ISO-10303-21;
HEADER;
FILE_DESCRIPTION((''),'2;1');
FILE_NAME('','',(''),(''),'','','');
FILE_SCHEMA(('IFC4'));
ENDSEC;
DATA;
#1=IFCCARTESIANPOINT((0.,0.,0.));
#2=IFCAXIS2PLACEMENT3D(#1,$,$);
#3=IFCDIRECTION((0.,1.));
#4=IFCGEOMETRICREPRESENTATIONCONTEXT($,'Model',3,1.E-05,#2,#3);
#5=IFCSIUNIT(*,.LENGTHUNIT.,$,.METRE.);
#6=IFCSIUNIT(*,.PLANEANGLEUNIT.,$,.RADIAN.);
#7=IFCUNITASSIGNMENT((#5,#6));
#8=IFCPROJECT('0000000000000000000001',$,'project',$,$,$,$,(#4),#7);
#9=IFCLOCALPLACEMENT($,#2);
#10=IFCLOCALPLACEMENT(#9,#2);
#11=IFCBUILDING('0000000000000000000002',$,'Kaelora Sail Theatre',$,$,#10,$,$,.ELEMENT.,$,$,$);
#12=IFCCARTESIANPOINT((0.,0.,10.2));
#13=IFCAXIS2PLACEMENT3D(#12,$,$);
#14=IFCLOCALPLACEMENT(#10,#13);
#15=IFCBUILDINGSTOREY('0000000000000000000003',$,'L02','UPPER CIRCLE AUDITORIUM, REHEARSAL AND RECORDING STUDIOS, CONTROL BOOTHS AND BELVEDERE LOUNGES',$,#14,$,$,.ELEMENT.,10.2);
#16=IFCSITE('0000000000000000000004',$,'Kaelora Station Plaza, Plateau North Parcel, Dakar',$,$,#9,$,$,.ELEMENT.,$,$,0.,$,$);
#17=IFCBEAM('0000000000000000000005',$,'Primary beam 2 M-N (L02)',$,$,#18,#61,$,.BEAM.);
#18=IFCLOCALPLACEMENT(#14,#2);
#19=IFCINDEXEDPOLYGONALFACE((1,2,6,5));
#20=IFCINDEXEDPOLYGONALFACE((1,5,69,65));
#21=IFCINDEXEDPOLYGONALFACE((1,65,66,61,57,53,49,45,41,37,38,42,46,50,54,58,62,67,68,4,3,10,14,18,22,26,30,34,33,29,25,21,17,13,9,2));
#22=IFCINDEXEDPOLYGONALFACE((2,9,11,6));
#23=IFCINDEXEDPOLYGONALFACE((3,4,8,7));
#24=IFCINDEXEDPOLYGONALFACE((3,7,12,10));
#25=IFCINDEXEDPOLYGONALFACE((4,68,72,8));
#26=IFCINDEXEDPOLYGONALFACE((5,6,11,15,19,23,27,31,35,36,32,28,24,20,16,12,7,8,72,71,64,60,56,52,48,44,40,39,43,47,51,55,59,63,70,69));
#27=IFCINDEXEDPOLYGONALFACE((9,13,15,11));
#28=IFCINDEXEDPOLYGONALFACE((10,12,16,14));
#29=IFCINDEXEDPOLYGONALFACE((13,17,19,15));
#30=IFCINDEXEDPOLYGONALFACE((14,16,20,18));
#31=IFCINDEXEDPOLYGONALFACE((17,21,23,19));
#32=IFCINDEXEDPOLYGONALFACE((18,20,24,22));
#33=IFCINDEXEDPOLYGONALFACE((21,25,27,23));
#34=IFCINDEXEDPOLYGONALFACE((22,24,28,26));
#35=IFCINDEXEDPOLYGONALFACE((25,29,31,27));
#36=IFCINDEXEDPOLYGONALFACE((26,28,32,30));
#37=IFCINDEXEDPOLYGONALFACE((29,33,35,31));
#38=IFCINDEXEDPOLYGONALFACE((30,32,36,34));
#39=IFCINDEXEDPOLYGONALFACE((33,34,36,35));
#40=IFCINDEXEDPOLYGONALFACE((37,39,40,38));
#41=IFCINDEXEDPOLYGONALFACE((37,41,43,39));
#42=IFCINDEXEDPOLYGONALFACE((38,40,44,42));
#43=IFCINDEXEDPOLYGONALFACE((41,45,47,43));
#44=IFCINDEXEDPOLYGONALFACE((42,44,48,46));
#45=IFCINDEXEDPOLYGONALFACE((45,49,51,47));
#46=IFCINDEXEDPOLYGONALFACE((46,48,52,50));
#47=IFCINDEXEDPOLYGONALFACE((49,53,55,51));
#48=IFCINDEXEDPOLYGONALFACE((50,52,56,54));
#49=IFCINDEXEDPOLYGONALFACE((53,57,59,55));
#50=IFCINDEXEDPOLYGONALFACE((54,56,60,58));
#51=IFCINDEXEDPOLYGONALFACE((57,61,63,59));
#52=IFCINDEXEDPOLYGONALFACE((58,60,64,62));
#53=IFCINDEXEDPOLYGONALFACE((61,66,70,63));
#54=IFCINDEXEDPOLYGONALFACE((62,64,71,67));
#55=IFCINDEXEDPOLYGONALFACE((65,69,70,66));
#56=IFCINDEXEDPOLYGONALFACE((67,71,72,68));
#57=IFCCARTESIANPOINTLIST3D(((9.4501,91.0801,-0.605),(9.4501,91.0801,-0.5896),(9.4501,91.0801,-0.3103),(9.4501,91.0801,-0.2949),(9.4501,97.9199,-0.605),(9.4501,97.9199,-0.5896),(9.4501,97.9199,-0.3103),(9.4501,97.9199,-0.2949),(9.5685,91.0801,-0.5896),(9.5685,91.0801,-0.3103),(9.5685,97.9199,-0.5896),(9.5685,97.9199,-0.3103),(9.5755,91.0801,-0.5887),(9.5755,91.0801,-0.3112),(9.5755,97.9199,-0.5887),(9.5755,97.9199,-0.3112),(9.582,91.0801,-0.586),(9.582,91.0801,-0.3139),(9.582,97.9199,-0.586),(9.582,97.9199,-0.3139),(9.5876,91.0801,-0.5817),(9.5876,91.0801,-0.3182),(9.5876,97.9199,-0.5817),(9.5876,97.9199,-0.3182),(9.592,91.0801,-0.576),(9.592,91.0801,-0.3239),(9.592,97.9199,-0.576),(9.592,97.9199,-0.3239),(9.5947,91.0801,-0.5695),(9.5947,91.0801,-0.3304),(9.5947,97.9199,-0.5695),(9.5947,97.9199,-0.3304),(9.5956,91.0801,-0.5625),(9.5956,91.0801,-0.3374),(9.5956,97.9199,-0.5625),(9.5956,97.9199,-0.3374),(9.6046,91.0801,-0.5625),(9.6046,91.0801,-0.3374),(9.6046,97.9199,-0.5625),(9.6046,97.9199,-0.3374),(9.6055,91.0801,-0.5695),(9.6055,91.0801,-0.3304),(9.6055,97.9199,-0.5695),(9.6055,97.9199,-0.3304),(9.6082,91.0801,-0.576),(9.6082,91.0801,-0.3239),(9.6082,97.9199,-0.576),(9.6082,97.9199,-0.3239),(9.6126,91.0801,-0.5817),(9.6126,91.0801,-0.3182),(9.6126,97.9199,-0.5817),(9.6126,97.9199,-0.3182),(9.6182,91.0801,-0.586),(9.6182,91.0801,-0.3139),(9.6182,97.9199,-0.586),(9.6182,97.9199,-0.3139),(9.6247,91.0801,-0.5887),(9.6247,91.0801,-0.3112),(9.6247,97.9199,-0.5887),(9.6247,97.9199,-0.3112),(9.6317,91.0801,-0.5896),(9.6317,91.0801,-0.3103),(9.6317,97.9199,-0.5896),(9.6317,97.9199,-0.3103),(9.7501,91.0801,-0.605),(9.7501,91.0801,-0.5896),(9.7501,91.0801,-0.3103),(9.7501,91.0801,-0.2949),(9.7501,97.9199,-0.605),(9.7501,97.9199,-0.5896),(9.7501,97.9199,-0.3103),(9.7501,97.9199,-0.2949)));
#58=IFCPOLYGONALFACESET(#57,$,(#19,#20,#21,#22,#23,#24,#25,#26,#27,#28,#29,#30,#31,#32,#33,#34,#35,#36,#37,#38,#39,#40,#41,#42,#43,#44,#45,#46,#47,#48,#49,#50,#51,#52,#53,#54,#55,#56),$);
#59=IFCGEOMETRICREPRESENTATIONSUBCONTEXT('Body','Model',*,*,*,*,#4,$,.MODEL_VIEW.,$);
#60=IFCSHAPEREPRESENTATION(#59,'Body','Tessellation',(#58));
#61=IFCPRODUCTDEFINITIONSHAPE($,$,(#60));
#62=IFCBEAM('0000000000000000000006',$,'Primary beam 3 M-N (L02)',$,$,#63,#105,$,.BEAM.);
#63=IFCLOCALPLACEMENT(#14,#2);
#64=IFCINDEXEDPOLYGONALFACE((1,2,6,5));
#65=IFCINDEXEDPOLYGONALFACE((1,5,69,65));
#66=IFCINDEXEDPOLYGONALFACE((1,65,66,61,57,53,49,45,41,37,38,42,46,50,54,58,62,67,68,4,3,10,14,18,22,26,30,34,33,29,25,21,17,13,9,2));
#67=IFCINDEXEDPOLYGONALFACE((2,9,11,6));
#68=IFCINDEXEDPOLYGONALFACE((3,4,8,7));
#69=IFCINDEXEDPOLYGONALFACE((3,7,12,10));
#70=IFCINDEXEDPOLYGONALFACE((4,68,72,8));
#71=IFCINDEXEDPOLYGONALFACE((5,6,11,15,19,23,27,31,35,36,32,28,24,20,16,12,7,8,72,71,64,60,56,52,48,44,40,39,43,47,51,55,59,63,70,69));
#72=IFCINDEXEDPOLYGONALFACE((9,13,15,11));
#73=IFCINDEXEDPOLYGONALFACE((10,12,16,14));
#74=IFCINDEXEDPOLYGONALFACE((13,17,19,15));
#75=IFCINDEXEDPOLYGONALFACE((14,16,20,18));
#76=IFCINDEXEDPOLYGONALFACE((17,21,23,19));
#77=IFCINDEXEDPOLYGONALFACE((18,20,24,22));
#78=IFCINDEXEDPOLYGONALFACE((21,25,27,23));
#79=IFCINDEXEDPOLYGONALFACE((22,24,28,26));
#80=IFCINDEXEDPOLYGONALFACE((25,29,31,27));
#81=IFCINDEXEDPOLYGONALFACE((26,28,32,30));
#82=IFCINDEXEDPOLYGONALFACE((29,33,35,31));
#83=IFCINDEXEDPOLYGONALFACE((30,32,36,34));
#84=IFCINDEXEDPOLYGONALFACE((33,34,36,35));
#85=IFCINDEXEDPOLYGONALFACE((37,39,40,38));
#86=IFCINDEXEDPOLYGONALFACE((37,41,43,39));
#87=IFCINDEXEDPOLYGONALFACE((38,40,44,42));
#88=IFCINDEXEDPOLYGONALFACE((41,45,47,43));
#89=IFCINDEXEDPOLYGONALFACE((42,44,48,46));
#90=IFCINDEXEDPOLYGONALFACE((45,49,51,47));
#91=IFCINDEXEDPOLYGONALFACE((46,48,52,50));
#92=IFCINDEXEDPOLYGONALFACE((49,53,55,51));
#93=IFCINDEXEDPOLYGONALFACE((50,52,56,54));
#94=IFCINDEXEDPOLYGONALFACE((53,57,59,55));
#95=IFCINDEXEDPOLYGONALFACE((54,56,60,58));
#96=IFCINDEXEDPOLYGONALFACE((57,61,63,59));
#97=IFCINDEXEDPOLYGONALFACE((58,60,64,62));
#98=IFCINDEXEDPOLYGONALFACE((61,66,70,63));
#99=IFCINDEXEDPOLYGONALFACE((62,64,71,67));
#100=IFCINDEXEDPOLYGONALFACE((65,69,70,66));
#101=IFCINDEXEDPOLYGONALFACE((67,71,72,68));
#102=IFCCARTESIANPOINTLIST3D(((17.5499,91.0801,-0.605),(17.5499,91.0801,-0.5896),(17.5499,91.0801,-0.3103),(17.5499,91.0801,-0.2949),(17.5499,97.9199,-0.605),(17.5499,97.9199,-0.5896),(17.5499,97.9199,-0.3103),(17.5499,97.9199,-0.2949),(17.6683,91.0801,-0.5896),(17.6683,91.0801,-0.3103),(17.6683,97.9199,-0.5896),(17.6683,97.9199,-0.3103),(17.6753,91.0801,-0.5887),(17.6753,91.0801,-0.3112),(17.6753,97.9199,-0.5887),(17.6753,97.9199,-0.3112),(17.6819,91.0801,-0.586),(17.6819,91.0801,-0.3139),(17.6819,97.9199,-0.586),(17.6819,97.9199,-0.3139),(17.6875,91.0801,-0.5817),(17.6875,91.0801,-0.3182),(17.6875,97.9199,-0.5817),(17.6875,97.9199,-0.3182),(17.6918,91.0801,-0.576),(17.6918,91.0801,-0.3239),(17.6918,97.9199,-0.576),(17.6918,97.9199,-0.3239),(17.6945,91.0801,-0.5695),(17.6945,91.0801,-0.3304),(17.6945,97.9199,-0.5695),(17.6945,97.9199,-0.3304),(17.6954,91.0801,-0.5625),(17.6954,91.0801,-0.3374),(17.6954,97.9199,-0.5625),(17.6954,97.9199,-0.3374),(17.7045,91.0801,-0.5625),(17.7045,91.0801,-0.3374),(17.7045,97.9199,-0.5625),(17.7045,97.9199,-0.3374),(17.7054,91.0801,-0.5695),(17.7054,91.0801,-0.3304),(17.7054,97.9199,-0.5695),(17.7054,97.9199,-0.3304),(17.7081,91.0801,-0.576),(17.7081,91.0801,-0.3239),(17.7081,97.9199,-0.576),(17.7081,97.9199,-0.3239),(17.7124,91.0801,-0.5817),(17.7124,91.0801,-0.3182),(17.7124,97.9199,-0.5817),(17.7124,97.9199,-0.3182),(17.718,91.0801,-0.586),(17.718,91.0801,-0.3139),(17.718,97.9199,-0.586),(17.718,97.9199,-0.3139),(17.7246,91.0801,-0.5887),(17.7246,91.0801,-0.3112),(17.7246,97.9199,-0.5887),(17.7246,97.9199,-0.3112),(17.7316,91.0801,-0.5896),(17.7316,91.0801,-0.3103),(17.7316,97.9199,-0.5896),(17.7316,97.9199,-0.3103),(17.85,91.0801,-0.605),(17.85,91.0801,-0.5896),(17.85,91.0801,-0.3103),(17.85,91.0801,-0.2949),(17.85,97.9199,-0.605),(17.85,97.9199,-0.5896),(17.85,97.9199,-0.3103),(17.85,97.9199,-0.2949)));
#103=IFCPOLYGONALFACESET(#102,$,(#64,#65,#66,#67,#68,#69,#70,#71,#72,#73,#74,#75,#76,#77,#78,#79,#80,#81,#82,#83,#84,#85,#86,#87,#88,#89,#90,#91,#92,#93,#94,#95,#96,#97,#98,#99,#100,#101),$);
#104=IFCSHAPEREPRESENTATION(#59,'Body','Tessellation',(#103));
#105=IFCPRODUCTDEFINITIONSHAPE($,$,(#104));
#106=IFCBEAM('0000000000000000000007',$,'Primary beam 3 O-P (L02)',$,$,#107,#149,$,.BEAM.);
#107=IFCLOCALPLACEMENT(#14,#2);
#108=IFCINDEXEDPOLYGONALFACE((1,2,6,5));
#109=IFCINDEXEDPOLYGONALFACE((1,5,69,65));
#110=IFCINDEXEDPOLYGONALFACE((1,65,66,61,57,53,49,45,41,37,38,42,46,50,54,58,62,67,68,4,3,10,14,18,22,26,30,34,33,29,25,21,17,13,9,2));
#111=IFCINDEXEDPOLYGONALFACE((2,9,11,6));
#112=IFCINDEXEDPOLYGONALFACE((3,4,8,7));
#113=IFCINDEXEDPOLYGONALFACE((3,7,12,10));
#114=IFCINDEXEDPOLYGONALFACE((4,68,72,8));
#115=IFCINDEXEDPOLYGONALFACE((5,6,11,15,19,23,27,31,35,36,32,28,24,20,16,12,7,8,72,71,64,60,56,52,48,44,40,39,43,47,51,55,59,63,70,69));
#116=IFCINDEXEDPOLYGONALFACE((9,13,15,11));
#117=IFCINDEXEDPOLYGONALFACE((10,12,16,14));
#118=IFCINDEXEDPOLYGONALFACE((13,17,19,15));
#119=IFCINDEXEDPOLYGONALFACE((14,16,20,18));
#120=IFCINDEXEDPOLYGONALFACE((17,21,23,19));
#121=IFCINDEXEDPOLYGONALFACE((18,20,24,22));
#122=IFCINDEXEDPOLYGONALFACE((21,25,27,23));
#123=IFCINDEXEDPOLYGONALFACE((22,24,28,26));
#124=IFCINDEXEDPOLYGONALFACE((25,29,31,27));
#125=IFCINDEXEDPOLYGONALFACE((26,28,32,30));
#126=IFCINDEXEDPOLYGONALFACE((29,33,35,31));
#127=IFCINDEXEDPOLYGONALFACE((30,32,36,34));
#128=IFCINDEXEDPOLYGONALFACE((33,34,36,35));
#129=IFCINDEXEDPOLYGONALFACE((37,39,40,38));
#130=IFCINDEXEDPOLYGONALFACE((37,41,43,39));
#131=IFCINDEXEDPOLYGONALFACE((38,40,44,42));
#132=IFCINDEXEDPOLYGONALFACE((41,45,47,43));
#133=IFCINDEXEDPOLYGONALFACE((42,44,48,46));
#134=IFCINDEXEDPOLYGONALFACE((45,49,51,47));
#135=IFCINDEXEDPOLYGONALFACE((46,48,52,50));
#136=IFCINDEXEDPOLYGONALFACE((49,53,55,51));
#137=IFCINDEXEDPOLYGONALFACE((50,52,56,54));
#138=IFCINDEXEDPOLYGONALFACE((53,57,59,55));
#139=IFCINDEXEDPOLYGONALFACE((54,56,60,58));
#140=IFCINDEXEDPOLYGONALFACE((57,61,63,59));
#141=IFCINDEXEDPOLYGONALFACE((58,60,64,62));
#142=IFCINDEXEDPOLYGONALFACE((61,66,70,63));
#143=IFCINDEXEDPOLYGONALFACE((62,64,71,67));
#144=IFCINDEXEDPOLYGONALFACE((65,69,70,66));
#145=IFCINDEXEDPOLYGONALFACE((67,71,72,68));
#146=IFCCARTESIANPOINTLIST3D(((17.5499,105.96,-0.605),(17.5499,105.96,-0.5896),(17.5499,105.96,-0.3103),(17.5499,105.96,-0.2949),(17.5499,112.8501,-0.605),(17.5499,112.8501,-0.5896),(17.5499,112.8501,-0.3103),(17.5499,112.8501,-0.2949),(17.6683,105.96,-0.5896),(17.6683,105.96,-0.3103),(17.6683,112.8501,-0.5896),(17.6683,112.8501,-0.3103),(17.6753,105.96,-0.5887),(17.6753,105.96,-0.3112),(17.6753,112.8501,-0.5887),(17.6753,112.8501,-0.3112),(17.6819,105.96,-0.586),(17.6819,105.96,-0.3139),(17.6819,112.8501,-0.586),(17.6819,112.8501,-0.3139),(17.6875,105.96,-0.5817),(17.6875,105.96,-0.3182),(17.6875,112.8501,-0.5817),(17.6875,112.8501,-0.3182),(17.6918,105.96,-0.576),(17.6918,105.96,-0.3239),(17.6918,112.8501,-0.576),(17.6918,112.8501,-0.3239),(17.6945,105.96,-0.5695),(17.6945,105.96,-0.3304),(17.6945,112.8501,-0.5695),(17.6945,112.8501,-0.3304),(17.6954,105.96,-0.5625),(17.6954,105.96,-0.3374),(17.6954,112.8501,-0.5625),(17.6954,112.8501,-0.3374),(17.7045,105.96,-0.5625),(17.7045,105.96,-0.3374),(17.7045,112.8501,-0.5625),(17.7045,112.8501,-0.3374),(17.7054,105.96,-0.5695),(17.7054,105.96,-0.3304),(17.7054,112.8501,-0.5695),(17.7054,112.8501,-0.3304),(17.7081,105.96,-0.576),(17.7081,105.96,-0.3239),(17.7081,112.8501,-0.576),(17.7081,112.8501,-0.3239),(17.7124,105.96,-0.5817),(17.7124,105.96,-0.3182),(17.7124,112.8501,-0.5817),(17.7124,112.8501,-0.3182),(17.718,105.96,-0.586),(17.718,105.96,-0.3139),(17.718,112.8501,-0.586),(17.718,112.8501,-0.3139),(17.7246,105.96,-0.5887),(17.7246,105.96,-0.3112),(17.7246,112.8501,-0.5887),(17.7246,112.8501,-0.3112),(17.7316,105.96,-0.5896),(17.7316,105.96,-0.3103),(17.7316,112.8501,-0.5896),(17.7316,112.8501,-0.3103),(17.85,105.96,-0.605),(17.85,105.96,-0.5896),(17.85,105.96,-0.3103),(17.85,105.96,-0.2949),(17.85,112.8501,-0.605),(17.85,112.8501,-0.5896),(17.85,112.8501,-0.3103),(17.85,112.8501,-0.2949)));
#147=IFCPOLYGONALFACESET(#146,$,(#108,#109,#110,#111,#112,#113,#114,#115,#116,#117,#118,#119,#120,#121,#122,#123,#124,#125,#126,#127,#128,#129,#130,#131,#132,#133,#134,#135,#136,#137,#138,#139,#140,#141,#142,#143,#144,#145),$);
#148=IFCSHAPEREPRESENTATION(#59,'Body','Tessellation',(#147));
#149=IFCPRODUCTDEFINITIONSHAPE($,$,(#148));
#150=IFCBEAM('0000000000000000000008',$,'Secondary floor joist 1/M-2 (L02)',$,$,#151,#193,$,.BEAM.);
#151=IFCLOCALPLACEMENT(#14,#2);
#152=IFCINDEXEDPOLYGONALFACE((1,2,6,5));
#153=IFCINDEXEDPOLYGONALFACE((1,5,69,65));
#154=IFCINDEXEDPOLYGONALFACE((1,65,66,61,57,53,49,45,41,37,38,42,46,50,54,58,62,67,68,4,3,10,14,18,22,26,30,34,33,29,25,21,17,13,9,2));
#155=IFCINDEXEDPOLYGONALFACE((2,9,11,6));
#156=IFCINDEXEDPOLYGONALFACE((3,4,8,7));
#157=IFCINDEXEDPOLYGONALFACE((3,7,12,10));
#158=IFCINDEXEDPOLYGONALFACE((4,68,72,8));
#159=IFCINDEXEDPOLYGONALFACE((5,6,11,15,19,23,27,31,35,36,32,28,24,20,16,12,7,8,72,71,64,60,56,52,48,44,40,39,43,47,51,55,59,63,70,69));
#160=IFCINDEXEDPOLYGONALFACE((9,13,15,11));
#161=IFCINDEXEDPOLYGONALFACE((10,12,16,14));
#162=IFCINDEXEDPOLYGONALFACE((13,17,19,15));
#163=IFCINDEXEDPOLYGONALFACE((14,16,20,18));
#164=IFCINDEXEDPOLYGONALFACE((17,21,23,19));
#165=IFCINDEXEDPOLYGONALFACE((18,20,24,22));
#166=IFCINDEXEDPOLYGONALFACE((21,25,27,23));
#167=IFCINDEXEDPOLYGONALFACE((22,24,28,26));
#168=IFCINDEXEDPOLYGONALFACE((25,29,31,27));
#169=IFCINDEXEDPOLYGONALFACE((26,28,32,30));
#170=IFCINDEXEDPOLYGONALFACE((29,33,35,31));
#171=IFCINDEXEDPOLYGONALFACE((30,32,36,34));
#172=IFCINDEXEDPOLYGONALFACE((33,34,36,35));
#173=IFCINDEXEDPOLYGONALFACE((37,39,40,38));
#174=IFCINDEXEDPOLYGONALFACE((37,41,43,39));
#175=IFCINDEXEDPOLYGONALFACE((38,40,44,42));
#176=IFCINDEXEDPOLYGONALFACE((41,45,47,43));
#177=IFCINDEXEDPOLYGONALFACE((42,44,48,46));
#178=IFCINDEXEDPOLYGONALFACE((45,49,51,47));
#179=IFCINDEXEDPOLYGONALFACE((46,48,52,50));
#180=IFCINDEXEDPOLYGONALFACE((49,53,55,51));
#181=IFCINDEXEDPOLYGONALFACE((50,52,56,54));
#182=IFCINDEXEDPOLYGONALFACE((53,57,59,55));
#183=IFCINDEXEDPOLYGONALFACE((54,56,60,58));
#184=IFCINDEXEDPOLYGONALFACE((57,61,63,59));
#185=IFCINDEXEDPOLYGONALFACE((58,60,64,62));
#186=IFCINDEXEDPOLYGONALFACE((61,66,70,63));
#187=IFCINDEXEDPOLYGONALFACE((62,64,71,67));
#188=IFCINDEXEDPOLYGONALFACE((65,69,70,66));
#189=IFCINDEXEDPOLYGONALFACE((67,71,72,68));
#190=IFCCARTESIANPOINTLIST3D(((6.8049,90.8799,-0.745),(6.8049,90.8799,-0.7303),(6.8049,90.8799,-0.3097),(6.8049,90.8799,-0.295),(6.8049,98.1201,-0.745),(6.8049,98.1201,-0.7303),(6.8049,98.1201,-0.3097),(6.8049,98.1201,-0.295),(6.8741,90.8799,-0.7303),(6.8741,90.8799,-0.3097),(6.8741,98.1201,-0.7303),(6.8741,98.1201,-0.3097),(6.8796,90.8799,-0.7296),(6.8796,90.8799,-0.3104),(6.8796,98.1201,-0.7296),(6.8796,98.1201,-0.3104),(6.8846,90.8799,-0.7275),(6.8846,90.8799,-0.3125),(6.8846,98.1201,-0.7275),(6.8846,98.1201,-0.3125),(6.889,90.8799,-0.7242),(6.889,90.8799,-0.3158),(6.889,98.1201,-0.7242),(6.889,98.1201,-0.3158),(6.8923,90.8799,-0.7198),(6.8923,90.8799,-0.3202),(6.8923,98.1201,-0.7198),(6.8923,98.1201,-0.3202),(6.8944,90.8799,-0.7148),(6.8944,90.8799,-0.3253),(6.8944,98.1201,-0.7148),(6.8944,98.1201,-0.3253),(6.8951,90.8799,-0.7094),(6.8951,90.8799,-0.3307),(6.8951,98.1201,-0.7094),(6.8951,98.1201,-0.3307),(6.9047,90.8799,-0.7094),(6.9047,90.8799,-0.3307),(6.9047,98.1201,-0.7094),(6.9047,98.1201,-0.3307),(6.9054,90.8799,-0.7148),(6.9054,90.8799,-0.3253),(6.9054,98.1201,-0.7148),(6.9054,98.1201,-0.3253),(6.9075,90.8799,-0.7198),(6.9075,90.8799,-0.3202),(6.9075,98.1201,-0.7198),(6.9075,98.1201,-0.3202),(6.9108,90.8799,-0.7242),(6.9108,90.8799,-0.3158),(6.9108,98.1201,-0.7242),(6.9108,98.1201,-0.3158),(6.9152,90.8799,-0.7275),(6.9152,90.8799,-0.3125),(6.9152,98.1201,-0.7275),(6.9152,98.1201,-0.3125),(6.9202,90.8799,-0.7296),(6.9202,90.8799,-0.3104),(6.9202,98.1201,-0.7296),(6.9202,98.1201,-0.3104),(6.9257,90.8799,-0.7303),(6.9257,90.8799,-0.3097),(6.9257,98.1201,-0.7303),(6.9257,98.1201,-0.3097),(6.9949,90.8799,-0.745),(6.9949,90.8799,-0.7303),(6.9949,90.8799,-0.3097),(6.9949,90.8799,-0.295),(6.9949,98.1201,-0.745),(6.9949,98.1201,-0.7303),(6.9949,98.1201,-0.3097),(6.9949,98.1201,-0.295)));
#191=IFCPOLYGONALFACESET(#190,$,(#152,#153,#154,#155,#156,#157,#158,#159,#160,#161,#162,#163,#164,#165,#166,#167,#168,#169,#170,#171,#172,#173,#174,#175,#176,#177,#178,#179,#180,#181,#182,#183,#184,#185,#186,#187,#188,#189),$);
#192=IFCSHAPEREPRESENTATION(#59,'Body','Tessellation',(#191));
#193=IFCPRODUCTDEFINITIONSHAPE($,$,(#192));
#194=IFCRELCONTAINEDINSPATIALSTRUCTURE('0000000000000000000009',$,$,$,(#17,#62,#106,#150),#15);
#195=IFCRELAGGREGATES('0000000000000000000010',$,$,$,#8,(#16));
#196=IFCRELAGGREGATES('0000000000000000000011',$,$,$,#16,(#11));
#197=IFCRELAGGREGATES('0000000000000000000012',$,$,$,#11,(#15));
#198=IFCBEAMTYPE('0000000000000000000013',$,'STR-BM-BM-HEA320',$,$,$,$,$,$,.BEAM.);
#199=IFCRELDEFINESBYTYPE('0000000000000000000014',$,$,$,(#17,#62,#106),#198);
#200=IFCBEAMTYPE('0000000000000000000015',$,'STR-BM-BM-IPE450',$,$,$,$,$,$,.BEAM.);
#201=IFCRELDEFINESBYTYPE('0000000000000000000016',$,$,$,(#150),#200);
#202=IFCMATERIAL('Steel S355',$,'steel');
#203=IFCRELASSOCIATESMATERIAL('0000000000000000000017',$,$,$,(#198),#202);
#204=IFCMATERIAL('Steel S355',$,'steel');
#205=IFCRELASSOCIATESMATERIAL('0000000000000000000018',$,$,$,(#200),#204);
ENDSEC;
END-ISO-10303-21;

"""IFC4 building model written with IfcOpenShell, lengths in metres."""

from ifc_helpers import new_model, si_unit, direction, frame, origin, origin_2d, place, context, subcontext, project, spatial, i_section, extrude, material, material_profile, profile_set, type_object, element, save


model = new_model("IFC4")

# Units and contexts
model_context = context("Model", 3, precision=1e-05, world=origin(), true_north=direction((0.0, 1.0)))
body_context = subcontext(model_context, "Body", "Model", "MODEL_VIEW")
ifc_project = project(units=[si_unit("LENGTHUNIT", "METRE"), si_unit("PLANEANGLEUNIT", "RADIAN")], contexts=[model_context])

# Site, building, storey
site_placement = place(None, origin())
site = spatial("IfcSite", under=ifc_project, at=site_placement, Name="Kaelora Station Plaza, Plateau North Parcel, Dakar", CompositionType="ELEMENT", RefElevation=0.0)
building_placement = place(site_placement, origin())
building = spatial("IfcBuilding", under=site, at=building_placement, Name="Kaelora Sail Theatre", CompositionType="ELEMENT")
storey_placement = place(building_placement, frame((0.0, 0.0, 10.2)))
storey = spatial("IfcBuildingStorey", under=building, at=storey_placement, Name="L02", Description="UPPER CIRCLE AUDITORIUM, REHEARSAL AND RECORDING STUDIOS, CONTROL BOOTHS AND BELVEDERE LOUNGES", CompositionType="ELEMENT", Elevation=10.2)

# Beams
ifc_material_1 = material(Name="Steel S355", Category="steel")
ifc_material_profile_1 = material_profile(ifc_material_1, i_section(OverallWidth=0.3, OverallDepth=0.3101, WebThickness=0.009, FlangeThickness=0.0154, FilletRadius=0.0271, at=origin_2d()), Name="HEA 320")
ifc_profile_set_1 = profile_set([ifc_material_profile_1], Name="Steel S355")
beam_type_1 = type_object("IfcBeamType", Name="STR-BM-BM-HEA320", PredefinedType="BEAM", material=ifc_profile_set_1)
for number, where, z_axis, x_axis, name in (
    (1, (9.6001, 91.0801, -0.45), (0.0, 1.0, 0.0), (-1.0, 0.0, 0.0), "Primary beam 2 M-N (L02)"),
    (2, (17.7, 91.0801, -0.45), (0.0, 1.0, 0.0), (-1.0, 0.0, 0.0), "Primary beam 3 M-N (L02)"),
):
    element("IfcBeam", number, at=place(storey_placement, frame(where, z_axis=z_axis, x_axis=x_axis)), inside=storey, type_object=beam_type_1, Name=name, PredefinedType="BEAM", context=body_context, shape_type="SweptSolid", body=[
        extrude(i_section(OverallWidth=0.3, OverallDepth=0.3101, WebThickness=0.009, FlangeThickness=0.0154, FilletRadius=0.0271, at=origin_2d()), origin(), (0.0, 0.0, 1.0), 6.8398),
    ])
beam_1_placement = place(storey_placement, frame((17.7, 105.96, -0.45), z_axis=(0.0, 1.0, 0.0), x_axis=(-1.0, 0.0, 0.0)))
element("IfcBeam", 3, at=beam_1_placement, inside=storey, type_object=beam_type_1, Name="Primary beam 3 O-P (L02)", PredefinedType="BEAM", context=body_context, shape_type="SweptSolid", body=[
    extrude(i_section(OverallWidth=0.3, OverallDepth=0.3101, WebThickness=0.009, FlangeThickness=0.0154, FilletRadius=0.0271, at=origin_2d()), origin(), (0.0, 0.0, 1.0), 6.8901),
])
ifc_material_2 = material(Name="Steel S355", Category="steel")
ifc_material_profile_2 = material_profile(ifc_material_2, i_section(OverallWidth=0.1899, OverallDepth=0.45, WebThickness=0.0095, FlangeThickness=0.0146, FilletRadius=0.021, at=origin_2d()), Name="IPE 450")
ifc_profile_set_2 = profile_set([ifc_material_profile_2], Name="Steel S355")
beam_type_2 = type_object("IfcBeamType", Name="STR-BM-BM-IPE450", PredefinedType="BEAM", material=ifc_profile_set_2)
beam_2_placement = place(storey_placement, frame((6.8999, 90.8799, -0.52), z_axis=(0.0, 1.0, 0.0), x_axis=(-1.0, 0.0, 0.0)))
element("IfcBeam", 4, at=beam_2_placement, inside=storey, type_object=beam_type_2, Name="Secondary floor joist 1/M-2 (L02)", PredefinedType="BEAM", context=body_context, shape_type="SweptSolid", body=[
    extrude(i_section(OverallWidth=0.1899, OverallDepth=0.45, WebThickness=0.0095, FlangeThickness=0.0146, FilletRadius=0.021, at=origin_2d()), origin(), (0.0, 0.0, 1.0), 7.2402),
])

save(model, "model.ifc")
